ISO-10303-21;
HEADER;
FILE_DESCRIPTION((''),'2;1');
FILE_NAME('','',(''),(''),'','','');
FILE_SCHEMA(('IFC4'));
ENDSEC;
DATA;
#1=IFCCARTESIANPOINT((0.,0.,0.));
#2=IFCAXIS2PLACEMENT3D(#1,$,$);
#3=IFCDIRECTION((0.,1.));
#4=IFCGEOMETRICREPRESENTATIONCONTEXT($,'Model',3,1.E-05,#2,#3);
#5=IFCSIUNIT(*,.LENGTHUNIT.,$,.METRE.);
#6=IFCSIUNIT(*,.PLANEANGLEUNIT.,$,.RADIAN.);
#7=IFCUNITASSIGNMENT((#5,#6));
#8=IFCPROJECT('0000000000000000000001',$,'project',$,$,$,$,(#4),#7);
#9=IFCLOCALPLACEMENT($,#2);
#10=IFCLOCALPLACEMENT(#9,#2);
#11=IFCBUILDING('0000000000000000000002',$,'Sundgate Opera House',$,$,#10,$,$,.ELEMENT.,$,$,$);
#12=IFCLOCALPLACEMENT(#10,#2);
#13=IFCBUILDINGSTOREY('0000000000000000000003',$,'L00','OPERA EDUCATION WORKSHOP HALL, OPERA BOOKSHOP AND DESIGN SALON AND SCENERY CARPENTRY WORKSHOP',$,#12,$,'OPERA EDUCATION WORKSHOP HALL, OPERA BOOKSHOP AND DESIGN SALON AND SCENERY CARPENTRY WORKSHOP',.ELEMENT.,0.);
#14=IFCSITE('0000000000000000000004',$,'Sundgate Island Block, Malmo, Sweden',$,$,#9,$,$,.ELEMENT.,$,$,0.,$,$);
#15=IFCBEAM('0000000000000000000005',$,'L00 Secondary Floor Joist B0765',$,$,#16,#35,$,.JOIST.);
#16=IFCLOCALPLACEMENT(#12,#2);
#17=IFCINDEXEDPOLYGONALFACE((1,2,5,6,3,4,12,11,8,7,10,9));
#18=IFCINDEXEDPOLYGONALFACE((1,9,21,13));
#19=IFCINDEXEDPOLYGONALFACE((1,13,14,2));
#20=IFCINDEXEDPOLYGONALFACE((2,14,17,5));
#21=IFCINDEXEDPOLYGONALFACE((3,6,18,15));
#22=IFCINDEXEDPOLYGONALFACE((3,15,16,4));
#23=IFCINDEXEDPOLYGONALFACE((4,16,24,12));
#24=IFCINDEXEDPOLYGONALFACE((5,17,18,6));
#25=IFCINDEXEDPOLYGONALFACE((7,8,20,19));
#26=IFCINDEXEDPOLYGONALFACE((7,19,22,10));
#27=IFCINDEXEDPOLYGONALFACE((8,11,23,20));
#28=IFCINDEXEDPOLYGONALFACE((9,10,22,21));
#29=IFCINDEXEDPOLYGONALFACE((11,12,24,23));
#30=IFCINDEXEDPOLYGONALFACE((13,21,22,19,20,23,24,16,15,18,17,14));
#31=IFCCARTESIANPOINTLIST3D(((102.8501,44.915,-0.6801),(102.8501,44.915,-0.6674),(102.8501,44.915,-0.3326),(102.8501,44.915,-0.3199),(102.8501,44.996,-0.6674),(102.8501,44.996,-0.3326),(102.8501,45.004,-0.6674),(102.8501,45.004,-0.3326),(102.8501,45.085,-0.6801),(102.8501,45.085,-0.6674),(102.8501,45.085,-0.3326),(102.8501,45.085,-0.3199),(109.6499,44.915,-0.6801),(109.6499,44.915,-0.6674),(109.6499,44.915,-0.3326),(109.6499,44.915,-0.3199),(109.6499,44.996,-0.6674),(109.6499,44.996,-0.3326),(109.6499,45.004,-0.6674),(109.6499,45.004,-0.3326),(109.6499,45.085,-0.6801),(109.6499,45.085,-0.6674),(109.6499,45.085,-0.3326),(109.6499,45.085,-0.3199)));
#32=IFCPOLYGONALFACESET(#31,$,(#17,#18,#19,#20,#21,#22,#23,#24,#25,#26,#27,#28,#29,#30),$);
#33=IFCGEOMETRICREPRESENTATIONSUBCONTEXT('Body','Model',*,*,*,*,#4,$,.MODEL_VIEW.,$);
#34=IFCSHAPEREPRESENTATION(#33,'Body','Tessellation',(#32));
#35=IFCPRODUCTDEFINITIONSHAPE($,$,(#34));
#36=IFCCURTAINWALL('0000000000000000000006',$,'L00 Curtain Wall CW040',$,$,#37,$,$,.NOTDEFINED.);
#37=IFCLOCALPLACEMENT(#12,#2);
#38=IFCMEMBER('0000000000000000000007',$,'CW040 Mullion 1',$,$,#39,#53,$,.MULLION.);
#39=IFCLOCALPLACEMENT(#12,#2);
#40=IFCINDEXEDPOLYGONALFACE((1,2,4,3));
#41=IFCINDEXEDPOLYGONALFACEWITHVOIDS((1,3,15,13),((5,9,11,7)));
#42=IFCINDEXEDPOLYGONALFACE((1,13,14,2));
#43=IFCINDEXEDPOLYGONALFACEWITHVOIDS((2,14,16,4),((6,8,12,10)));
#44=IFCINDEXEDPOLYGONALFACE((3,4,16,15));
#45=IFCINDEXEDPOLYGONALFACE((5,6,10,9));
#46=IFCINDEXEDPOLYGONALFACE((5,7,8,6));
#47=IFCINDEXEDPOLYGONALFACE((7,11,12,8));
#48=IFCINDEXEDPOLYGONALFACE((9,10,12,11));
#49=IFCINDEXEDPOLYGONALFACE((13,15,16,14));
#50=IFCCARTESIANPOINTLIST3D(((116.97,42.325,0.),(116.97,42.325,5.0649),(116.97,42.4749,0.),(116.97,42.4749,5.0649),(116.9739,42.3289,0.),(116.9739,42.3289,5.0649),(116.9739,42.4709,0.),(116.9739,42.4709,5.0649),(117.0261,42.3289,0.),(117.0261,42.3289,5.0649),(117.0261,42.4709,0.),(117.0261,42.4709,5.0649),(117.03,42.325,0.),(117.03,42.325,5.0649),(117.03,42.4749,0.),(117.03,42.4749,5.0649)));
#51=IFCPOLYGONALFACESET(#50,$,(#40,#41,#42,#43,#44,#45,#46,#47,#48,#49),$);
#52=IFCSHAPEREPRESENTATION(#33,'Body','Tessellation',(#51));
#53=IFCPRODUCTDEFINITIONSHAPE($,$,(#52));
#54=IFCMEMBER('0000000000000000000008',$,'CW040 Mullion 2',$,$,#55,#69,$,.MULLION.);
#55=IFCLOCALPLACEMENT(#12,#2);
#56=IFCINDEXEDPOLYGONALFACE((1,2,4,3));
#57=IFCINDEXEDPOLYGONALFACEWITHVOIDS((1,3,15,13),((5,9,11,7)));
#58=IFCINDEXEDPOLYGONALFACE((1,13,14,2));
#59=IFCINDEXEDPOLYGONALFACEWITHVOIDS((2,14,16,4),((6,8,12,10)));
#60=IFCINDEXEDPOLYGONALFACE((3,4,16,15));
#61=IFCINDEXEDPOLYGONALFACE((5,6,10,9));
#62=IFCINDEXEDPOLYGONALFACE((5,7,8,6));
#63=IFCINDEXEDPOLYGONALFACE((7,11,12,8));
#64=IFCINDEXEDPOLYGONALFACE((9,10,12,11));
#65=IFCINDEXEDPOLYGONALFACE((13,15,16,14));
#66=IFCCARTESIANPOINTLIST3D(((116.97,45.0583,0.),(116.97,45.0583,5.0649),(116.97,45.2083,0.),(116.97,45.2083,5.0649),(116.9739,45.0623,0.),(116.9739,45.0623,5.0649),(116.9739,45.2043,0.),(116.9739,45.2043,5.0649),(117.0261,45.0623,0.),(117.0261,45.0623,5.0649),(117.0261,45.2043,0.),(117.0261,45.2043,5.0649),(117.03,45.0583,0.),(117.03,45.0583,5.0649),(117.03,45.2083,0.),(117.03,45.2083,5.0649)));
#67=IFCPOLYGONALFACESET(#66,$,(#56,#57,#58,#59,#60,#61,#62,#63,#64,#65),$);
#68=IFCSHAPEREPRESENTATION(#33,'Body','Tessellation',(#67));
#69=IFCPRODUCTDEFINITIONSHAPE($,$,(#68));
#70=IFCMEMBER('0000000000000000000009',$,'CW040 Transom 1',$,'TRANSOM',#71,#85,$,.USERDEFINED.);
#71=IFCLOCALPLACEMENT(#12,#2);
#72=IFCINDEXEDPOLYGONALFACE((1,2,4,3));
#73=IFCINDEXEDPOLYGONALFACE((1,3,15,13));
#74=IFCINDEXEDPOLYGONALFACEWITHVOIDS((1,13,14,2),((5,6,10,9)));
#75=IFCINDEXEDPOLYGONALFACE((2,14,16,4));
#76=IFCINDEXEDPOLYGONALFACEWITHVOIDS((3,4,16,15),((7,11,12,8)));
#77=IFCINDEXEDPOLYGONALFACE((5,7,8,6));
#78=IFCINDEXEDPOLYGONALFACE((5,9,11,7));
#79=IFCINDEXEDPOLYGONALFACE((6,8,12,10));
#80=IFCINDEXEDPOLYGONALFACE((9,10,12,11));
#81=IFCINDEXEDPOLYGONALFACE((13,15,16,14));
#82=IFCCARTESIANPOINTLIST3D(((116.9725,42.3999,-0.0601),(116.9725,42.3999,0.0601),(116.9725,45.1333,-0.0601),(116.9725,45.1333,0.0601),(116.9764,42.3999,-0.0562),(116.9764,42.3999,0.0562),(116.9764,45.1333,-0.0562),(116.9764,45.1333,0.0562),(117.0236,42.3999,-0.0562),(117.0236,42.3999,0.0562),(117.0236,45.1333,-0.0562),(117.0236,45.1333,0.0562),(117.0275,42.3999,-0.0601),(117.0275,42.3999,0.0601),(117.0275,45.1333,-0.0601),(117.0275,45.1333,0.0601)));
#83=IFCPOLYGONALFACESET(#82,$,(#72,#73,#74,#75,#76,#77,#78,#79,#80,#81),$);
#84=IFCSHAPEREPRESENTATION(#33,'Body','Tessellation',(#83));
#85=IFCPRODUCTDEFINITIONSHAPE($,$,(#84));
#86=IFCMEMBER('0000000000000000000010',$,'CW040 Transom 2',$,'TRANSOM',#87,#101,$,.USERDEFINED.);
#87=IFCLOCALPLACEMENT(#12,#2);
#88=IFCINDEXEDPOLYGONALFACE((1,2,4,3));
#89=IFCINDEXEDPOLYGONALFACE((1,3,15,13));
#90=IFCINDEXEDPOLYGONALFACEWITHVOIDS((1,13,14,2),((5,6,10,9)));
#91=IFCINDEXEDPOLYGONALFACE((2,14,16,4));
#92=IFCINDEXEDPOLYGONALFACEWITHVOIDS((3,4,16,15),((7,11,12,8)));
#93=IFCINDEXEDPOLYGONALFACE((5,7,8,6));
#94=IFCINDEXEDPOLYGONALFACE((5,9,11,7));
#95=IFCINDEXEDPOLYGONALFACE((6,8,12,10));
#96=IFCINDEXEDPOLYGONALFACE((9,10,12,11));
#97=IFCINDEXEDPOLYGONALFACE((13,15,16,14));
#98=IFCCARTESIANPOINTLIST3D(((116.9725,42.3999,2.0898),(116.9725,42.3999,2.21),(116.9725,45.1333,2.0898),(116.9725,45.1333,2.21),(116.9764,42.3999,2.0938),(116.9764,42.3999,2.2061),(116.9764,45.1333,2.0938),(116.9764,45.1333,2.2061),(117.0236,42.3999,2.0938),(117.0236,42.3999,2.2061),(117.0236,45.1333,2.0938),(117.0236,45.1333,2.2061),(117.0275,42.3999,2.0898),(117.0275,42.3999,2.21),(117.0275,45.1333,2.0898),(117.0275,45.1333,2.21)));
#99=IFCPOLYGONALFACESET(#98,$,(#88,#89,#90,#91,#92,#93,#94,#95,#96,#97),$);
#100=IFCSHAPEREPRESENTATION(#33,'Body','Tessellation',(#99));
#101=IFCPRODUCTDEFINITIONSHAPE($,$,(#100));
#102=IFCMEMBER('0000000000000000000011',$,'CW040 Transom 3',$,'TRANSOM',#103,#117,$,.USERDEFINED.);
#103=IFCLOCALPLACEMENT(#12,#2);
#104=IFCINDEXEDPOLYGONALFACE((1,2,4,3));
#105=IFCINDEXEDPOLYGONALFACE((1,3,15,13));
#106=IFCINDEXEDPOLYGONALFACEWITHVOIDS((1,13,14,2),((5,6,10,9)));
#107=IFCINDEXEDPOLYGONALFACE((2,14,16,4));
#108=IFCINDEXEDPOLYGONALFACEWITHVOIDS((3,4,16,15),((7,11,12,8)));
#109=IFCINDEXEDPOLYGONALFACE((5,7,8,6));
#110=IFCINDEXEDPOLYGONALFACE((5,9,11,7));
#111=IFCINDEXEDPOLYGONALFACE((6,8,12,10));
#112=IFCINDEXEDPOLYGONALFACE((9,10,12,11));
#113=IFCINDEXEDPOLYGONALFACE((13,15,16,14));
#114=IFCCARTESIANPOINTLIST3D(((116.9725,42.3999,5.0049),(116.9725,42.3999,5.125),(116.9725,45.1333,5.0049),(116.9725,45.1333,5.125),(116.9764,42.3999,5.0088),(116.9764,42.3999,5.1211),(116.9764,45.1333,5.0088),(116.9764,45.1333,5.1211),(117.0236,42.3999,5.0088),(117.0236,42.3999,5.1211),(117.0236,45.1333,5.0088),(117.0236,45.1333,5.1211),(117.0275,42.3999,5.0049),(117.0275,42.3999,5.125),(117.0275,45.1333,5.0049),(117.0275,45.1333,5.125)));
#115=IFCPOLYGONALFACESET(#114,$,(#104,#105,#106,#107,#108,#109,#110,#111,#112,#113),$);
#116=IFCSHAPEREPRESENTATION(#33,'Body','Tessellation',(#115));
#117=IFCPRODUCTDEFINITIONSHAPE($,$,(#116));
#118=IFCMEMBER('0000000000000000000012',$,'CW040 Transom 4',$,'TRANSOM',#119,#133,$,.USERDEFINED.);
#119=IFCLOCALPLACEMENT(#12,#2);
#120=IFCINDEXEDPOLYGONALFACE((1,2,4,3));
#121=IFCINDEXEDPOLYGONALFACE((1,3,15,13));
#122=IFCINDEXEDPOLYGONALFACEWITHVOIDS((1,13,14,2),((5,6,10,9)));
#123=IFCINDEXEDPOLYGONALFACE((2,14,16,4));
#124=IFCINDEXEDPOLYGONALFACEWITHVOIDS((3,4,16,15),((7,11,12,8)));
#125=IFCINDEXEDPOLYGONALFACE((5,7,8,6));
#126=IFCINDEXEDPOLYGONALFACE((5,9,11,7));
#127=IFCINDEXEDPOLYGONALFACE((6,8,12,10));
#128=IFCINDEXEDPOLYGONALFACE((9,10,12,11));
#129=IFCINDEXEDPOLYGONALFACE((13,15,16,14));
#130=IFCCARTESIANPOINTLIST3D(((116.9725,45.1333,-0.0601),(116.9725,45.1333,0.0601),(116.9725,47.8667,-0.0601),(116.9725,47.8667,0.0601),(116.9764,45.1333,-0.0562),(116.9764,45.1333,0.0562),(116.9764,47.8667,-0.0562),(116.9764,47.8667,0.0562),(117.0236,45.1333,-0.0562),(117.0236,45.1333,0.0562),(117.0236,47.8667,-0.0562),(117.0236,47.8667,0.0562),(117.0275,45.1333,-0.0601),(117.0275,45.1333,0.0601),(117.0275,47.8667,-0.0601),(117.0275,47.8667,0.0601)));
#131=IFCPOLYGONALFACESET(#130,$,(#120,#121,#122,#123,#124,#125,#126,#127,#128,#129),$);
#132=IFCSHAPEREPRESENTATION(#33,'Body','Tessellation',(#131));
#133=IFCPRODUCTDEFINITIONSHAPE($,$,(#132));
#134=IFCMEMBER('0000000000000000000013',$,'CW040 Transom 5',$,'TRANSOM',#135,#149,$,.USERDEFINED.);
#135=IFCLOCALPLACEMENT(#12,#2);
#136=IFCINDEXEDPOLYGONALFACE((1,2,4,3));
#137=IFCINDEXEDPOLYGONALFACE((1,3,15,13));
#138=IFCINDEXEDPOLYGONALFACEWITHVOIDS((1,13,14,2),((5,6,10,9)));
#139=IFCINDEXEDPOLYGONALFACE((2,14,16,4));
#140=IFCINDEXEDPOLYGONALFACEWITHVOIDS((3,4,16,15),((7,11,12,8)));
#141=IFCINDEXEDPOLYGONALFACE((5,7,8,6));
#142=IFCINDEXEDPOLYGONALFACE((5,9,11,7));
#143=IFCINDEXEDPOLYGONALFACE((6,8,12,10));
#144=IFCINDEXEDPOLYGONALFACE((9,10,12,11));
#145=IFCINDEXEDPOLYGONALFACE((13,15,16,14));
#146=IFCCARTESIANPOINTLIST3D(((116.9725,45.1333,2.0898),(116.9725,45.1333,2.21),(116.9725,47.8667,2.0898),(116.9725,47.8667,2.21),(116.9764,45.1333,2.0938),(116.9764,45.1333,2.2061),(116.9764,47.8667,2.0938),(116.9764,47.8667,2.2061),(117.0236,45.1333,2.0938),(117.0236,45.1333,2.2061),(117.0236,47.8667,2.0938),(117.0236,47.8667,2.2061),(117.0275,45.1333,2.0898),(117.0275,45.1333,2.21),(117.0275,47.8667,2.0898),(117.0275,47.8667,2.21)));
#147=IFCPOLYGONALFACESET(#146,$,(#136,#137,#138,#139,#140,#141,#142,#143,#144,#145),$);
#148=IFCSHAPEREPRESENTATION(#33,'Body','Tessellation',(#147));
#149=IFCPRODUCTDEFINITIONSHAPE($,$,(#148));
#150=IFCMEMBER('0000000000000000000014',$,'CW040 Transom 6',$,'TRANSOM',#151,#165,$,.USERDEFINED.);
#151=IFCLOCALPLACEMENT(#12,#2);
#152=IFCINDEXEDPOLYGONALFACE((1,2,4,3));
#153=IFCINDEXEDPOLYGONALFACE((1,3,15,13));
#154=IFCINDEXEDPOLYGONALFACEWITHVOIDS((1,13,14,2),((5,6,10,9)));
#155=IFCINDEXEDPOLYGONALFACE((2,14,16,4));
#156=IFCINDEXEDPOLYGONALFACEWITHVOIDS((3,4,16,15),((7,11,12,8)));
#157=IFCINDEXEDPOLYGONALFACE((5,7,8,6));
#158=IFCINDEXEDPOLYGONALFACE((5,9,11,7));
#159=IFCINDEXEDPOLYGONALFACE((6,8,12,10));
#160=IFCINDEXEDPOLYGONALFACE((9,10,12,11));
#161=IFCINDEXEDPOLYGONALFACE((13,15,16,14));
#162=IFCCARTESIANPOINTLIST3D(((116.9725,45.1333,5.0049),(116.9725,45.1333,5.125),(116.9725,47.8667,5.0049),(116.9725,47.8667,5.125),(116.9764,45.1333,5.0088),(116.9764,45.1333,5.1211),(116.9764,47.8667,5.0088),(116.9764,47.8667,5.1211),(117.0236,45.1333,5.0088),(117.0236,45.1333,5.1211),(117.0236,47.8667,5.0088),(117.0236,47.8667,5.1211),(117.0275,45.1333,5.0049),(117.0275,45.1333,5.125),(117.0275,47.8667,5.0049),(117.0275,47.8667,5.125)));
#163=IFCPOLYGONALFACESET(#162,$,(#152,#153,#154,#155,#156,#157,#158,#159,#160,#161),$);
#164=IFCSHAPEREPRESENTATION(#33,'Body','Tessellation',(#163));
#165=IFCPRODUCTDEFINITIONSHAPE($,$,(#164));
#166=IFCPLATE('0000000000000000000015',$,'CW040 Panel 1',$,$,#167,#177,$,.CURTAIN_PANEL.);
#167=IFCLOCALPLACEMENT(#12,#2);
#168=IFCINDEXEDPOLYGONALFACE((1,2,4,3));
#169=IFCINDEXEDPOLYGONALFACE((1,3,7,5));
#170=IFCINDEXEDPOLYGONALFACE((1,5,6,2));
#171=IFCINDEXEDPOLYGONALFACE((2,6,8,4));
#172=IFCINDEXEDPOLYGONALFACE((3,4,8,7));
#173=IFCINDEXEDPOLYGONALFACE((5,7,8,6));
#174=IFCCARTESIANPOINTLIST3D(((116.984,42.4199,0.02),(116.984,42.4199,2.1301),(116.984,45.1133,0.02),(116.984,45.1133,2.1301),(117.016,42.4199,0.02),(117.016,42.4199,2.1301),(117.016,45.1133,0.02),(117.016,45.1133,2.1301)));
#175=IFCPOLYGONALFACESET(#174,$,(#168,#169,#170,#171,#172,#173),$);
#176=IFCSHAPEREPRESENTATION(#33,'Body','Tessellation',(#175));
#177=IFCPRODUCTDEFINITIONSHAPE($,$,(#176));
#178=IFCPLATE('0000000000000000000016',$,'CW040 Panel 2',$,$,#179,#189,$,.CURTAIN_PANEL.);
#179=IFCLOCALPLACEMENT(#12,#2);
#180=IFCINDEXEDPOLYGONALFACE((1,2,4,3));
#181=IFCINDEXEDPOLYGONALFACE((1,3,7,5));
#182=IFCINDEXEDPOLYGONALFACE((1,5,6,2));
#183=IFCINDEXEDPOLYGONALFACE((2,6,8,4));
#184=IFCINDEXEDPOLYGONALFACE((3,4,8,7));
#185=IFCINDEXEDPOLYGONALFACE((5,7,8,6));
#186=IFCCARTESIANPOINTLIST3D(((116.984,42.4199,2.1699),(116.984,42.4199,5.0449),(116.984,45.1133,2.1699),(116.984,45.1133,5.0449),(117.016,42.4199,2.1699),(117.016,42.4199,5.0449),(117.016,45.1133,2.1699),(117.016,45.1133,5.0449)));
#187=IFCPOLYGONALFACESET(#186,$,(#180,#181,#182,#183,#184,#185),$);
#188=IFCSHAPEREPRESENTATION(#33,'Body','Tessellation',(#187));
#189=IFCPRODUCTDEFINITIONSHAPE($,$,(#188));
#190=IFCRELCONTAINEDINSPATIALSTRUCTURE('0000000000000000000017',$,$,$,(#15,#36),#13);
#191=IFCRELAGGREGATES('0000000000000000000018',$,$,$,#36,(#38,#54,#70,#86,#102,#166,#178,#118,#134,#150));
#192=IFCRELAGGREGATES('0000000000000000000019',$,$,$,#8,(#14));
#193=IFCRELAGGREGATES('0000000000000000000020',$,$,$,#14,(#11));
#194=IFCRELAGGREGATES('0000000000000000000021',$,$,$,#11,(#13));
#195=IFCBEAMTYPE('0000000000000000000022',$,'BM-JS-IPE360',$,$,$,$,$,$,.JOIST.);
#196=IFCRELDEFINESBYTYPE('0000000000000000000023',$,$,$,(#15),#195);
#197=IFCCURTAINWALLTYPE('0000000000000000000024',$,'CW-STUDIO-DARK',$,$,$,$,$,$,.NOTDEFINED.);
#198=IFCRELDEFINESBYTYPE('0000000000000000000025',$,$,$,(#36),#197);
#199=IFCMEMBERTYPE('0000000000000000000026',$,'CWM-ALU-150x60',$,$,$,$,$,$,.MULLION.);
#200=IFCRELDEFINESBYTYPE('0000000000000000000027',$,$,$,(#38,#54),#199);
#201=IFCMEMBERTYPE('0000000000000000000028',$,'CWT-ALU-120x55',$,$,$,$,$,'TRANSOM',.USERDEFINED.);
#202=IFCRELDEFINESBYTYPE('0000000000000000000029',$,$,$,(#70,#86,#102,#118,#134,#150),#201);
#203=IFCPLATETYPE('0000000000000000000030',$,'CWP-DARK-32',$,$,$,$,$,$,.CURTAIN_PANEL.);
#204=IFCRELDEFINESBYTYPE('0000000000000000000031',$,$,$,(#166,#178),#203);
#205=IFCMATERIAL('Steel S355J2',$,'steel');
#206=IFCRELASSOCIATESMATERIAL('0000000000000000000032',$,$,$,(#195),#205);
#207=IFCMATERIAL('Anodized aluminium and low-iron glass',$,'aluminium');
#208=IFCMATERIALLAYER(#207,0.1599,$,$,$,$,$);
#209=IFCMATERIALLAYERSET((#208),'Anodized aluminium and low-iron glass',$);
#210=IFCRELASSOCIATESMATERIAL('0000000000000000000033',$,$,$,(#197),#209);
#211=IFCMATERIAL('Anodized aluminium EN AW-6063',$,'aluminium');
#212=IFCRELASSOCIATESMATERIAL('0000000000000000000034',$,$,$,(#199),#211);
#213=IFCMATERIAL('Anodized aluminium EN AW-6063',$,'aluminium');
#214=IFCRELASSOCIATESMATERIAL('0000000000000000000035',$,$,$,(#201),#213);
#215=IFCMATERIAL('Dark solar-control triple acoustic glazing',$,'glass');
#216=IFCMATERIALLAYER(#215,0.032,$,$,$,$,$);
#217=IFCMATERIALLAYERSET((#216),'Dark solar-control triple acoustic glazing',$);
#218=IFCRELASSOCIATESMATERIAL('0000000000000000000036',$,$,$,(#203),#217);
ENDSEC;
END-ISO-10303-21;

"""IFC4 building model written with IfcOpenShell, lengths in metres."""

from ifc_helpers import new_model, si_unit, direction, frame, origin, origin_2d, place, context, subcontext, project, spatial, rectangle, hollow_rectangle, i_section, extrude, material, layer, layer_set, material_profile, profile_set, type_object, element, aggregate, save


model = new_model("IFC4")

# Units and contexts
model_context = context("Model", 3, precision=1e-05, world=origin(), true_north=direction((0.0, 1.0)))
body_context = subcontext(model_context, "Body", "Model", "MODEL_VIEW")
ifc_project = project(units=[si_unit("LENGTHUNIT", "METRE"), si_unit("PLANEANGLEUNIT", "RADIAN")], contexts=[model_context])

# Site, building, storey
site_placement = place(None, origin())
site = spatial("IfcSite", under=ifc_project, at=site_placement, Name="Sundgate Island Block, Malmo, Sweden", CompositionType="ELEMENT", RefElevation=0.0)
building_placement = place(site_placement, origin())
building = spatial("IfcBuilding", under=site, at=building_placement, Name="Sundgate Opera House", CompositionType="ELEMENT")
storey_placement = place(building_placement, origin())
storey = spatial("IfcBuildingStorey", under=building, at=storey_placement, Name="L00", Description="OPERA EDUCATION WORKSHOP HALL, OPERA BOOKSHOP AND DESIGN SALON AND SCENERY CARPENTRY WORKSHOP", LongName="OPERA EDUCATION WORKSHOP HALL, OPERA BOOKSHOP AND DESIGN SALON AND SCENERY CARPENTRY WORKSHOP", CompositionType="ELEMENT", Elevation=0.0)

# Beam
ifc_material_1 = material(Name="Steel S355J2", Category="steel")
ifc_material_profile_1 = material_profile(ifc_material_1, i_section(OverallWidth=0.1699, OverallDepth=0.3601, WebThickness=0.0081, FlangeThickness=0.0127, at=origin_2d()), Name="IPE 360")
ifc_profile_set_1 = profile_set([ifc_material_profile_1], Name="Steel S355J2")
beam_type_1 = type_object("IfcBeamType", Name="BM-JS-IPE360", PredefinedType="JOIST", material=ifc_profile_set_1)
beam_1_placement = place(storey_placement, frame((102.8501, 45.0, -0.5), z_axis=(1.0, 0.0, 0.0), x_axis=(0.0, 1.0, 0.0)))
element("IfcBeam", 1, at=beam_1_placement, inside=storey, type_object=beam_type_1, Name="L00 Secondary Floor Joist B0765", PredefinedType="JOIST", context=body_context, shape_type="SweptSolid", body=[
    extrude(i_section(OverallWidth=0.1699, OverallDepth=0.3601, WebThickness=0.0081, FlangeThickness=0.0127, at=origin_2d()), origin(), (0.0, 0.0, 1.0), 6.7998),
])

# Curtain wall, members, plates
ifc_material_2 = material(Name="Anodized aluminium and low-iron glass", Category="aluminium")
ifc_layer_1 = layer(ifc_material_2, 0.1599)
ifc_layer_set_1 = layer_set([ifc_layer_1], Name="Anodized aluminium and low-iron glass")
curtain_wall_type = type_object("IfcCurtainWallType", Name="CW-STUDIO-DARK", PredefinedType="NOTDEFINED", material=ifc_layer_set_1)
curtain_wall_placement = place(storey_placement, origin())
curtain_wall = element("IfcCurtainWall", 2, at=curtain_wall_placement, inside=storey, type_object=curtain_wall_type, Name="L00 Curtain Wall CW040", PredefinedType="NOTDEFINED")
ifc_material_3 = material(Name="Anodized aluminium EN AW-6063", Category="aluminium")
ifc_material_profile_2 = material_profile(ifc_material_3, hollow_rectangle(XDim=0.0601, YDim=0.1499, WallThickness=0.0039, at=origin_2d()), Name="CWM 150x60x4")
ifc_profile_set_2 = profile_set([ifc_material_profile_2], Name="Anodized aluminium EN AW-6063")
member_type_1 = type_object("IfcMemberType", Name="CWM-ALU-150x60", PredefinedType="MULLION", material=ifc_profile_set_2)
member_1_placement = place(storey_placement, frame((117.0, 42.3999, 0.0), z_axis=(0.0, 0.0, 1.0), x_axis=(1.0, 0.0, 0.0)))
member_1 = element("IfcMember", 3, at=member_1_placement, type_object=member_type_1, Name="CW040 Mullion 1", PredefinedType="MULLION", context=body_context, shape_type="SweptSolid", body=[
    extrude(hollow_rectangle(XDim=0.0601, YDim=0.1499, WallThickness=0.0039, at=origin_2d()), origin(), (0.0, 0.0, 1.0), 5.0649),
])
member_2_placement = place(storey_placement, frame((117.0, 45.1333, 0.0), z_axis=(0.0, 0.0, 1.0), x_axis=(1.0, 0.0, 0.0)))
member_2 = element("IfcMember", 4, at=member_2_placement, type_object=member_type_1, Name="CW040 Mullion 2", PredefinedType="MULLION", context=body_context, shape_type="SweptSolid", body=[
    extrude(hollow_rectangle(XDim=0.0601, YDim=0.1499, WallThickness=0.0039, at=origin_2d()), origin(), (0.0, 0.0, 1.0), 5.0649),
])
ifc_material_4 = material(Name="Anodized aluminium EN AW-6063", Category="aluminium")
ifc_material_profile_3 = material_profile(ifc_material_4, hollow_rectangle(XDim=0.0549, YDim=0.1201, WallThickness=0.0039, at=origin_2d()), Name="CWT 120x55x4")
ifc_profile_set_3 = profile_set([ifc_material_profile_3], Name="Anodized aluminium EN AW-6063")
member_type_2 = type_object("IfcMemberType", Name="CWT-ALU-120x55", ElementType="TRANSOM", PredefinedType="USERDEFINED", material=ifc_profile_set_3)
member_3_placement = place(storey_placement, frame((117.0, 42.3999, 0.0), z_axis=(0.0, 1.0, 0.0), x_axis=(-1.0, 0.0, 0.0)))
member_3 = element("IfcMember", 5, at=member_3_placement, type_object=member_type_2, Name="CW040 Transom 1", ObjectType="TRANSOM", PredefinedType="USERDEFINED", context=body_context, shape_type="SweptSolid", body=[
    extrude(hollow_rectangle(XDim=0.0549, YDim=0.1201, WallThickness=0.0039, at=origin_2d()), origin(), (0.0, 0.0, 1.0), 2.7334),
])
member_4_placement = place(storey_placement, frame((117.0, 42.3999, 2.1499), z_axis=(0.0, 1.0, 0.0), x_axis=(-1.0, 0.0, 0.0)))
member_4 = element("IfcMember", 6, at=member_4_placement, type_object=member_type_2, Name="CW040 Transom 2", ObjectType="TRANSOM", PredefinedType="USERDEFINED", context=body_context, shape_type="SweptSolid", body=[
    extrude(hollow_rectangle(XDim=0.0549, YDim=0.1201, WallThickness=0.0039, at=origin_2d()), origin(), (0.0, 0.0, 1.0), 2.7334),
])
member_5_placement = place(storey_placement, frame((117.0, 42.3999, 5.0649), z_axis=(0.0, 1.0, 0.0), x_axis=(-1.0, 0.0, 0.0)))
member_5 = element("IfcMember", 7, at=member_5_placement, type_object=member_type_2, Name="CW040 Transom 3", ObjectType="TRANSOM", PredefinedType="USERDEFINED", context=body_context, shape_type="SweptSolid", body=[
    extrude(hollow_rectangle(XDim=0.0549, YDim=0.1201, WallThickness=0.0039, at=origin_2d()), origin(), (0.0, 0.0, 1.0), 2.7334),
])
member_6_placement = place(storey_placement, frame((117.0, 45.1333, 0.0), z_axis=(0.0, 1.0, 0.0), x_axis=(-1.0, 0.0, 0.0)))
member_6 = element("IfcMember", 8, at=member_6_placement, type_object=member_type_2, Name="CW040 Transom 4", ObjectType="TRANSOM", PredefinedType="USERDEFINED", context=body_context, shape_type="SweptSolid", body=[
    extrude(hollow_rectangle(XDim=0.0549, YDim=0.1201, WallThickness=0.0039, at=origin_2d()), origin(), (0.0, 0.0, 1.0), 2.7334),
])
member_7_placement = place(storey_placement, frame((117.0, 45.1333, 2.1499), z_axis=(0.0, 1.0, 0.0), x_axis=(-1.0, 0.0, 0.0)))
member_7 = element("IfcMember", 9, at=member_7_placement, type_object=member_type_2, Name="CW040 Transom 5", ObjectType="TRANSOM", PredefinedType="USERDEFINED", context=body_context, shape_type="SweptSolid", body=[
    extrude(hollow_rectangle(XDim=0.0549, YDim=0.1201, WallThickness=0.0039, at=origin_2d()), origin(), (0.0, 0.0, 1.0), 2.7334),
])
member_8_placement = place(storey_placement, frame((117.0, 45.1333, 5.0649), z_axis=(0.0, 1.0, 0.0), x_axis=(-1.0, 0.0, 0.0)))
member_8 = element("IfcMember", 10, at=member_8_placement, type_object=member_type_2, Name="CW040 Transom 6", ObjectType="TRANSOM", PredefinedType="USERDEFINED", context=body_context, shape_type="SweptSolid", body=[
    extrude(hollow_rectangle(XDim=0.0549, YDim=0.1201, WallThickness=0.0039, at=origin_2d()), origin(), (0.0, 0.0, 1.0), 2.7334),
])
ifc_material_5 = material(Name="Dark solar-control triple acoustic glazing", Category="glass")
ifc_layer_2 = layer(ifc_material_5, 0.032)
ifc_layer_set_2 = layer_set([ifc_layer_2], Name="Dark solar-control triple acoustic glazing")
plate_type_1 = type_object("IfcPlateType", Name="CWP-DARK-32", PredefinedType="CURTAIN_PANEL", material=ifc_layer_set_2)
plate_1_placement = place(storey_placement, frame((117.0, 43.7666, 0.02), z_axis=(0.0, 0.0, 1.0), x_axis=(0.0, 1.0, 0.0)))
plate_1 = element("IfcPlate", 11, at=plate_1_placement, type_object=plate_type_1, Name="CW040 Panel 1", PredefinedType="CURTAIN_PANEL", context=body_context, shape_type="SweptSolid", body=[
    extrude(rectangle(XDim=2.6934, YDim=0.032, at=origin_2d()), origin(), (0.0, 0.0, 1.0), 2.1101),
])
plate_2_placement = place(storey_placement, frame((117.0, 43.7666, 2.1699), z_axis=(0.0, 0.0, 1.0), x_axis=(0.0, 1.0, 0.0)))
plate_2 = element("IfcPlate", 12, at=plate_2_placement, type_object=plate_type_1, Name="CW040 Panel 2", PredefinedType="CURTAIN_PANEL", context=body_context, shape_type="SweptSolid", body=[
    extrude(rectangle(XDim=2.6934, YDim=0.032, at=origin_2d()), origin(), (0.0, 0.0, 1.0), 2.875),
])
aggregate(curtain_wall, [member_1, member_2, member_3, member_4, member_5, plate_1, plate_2, member_6, member_7, member_8])

save(model, "model.ifc")
